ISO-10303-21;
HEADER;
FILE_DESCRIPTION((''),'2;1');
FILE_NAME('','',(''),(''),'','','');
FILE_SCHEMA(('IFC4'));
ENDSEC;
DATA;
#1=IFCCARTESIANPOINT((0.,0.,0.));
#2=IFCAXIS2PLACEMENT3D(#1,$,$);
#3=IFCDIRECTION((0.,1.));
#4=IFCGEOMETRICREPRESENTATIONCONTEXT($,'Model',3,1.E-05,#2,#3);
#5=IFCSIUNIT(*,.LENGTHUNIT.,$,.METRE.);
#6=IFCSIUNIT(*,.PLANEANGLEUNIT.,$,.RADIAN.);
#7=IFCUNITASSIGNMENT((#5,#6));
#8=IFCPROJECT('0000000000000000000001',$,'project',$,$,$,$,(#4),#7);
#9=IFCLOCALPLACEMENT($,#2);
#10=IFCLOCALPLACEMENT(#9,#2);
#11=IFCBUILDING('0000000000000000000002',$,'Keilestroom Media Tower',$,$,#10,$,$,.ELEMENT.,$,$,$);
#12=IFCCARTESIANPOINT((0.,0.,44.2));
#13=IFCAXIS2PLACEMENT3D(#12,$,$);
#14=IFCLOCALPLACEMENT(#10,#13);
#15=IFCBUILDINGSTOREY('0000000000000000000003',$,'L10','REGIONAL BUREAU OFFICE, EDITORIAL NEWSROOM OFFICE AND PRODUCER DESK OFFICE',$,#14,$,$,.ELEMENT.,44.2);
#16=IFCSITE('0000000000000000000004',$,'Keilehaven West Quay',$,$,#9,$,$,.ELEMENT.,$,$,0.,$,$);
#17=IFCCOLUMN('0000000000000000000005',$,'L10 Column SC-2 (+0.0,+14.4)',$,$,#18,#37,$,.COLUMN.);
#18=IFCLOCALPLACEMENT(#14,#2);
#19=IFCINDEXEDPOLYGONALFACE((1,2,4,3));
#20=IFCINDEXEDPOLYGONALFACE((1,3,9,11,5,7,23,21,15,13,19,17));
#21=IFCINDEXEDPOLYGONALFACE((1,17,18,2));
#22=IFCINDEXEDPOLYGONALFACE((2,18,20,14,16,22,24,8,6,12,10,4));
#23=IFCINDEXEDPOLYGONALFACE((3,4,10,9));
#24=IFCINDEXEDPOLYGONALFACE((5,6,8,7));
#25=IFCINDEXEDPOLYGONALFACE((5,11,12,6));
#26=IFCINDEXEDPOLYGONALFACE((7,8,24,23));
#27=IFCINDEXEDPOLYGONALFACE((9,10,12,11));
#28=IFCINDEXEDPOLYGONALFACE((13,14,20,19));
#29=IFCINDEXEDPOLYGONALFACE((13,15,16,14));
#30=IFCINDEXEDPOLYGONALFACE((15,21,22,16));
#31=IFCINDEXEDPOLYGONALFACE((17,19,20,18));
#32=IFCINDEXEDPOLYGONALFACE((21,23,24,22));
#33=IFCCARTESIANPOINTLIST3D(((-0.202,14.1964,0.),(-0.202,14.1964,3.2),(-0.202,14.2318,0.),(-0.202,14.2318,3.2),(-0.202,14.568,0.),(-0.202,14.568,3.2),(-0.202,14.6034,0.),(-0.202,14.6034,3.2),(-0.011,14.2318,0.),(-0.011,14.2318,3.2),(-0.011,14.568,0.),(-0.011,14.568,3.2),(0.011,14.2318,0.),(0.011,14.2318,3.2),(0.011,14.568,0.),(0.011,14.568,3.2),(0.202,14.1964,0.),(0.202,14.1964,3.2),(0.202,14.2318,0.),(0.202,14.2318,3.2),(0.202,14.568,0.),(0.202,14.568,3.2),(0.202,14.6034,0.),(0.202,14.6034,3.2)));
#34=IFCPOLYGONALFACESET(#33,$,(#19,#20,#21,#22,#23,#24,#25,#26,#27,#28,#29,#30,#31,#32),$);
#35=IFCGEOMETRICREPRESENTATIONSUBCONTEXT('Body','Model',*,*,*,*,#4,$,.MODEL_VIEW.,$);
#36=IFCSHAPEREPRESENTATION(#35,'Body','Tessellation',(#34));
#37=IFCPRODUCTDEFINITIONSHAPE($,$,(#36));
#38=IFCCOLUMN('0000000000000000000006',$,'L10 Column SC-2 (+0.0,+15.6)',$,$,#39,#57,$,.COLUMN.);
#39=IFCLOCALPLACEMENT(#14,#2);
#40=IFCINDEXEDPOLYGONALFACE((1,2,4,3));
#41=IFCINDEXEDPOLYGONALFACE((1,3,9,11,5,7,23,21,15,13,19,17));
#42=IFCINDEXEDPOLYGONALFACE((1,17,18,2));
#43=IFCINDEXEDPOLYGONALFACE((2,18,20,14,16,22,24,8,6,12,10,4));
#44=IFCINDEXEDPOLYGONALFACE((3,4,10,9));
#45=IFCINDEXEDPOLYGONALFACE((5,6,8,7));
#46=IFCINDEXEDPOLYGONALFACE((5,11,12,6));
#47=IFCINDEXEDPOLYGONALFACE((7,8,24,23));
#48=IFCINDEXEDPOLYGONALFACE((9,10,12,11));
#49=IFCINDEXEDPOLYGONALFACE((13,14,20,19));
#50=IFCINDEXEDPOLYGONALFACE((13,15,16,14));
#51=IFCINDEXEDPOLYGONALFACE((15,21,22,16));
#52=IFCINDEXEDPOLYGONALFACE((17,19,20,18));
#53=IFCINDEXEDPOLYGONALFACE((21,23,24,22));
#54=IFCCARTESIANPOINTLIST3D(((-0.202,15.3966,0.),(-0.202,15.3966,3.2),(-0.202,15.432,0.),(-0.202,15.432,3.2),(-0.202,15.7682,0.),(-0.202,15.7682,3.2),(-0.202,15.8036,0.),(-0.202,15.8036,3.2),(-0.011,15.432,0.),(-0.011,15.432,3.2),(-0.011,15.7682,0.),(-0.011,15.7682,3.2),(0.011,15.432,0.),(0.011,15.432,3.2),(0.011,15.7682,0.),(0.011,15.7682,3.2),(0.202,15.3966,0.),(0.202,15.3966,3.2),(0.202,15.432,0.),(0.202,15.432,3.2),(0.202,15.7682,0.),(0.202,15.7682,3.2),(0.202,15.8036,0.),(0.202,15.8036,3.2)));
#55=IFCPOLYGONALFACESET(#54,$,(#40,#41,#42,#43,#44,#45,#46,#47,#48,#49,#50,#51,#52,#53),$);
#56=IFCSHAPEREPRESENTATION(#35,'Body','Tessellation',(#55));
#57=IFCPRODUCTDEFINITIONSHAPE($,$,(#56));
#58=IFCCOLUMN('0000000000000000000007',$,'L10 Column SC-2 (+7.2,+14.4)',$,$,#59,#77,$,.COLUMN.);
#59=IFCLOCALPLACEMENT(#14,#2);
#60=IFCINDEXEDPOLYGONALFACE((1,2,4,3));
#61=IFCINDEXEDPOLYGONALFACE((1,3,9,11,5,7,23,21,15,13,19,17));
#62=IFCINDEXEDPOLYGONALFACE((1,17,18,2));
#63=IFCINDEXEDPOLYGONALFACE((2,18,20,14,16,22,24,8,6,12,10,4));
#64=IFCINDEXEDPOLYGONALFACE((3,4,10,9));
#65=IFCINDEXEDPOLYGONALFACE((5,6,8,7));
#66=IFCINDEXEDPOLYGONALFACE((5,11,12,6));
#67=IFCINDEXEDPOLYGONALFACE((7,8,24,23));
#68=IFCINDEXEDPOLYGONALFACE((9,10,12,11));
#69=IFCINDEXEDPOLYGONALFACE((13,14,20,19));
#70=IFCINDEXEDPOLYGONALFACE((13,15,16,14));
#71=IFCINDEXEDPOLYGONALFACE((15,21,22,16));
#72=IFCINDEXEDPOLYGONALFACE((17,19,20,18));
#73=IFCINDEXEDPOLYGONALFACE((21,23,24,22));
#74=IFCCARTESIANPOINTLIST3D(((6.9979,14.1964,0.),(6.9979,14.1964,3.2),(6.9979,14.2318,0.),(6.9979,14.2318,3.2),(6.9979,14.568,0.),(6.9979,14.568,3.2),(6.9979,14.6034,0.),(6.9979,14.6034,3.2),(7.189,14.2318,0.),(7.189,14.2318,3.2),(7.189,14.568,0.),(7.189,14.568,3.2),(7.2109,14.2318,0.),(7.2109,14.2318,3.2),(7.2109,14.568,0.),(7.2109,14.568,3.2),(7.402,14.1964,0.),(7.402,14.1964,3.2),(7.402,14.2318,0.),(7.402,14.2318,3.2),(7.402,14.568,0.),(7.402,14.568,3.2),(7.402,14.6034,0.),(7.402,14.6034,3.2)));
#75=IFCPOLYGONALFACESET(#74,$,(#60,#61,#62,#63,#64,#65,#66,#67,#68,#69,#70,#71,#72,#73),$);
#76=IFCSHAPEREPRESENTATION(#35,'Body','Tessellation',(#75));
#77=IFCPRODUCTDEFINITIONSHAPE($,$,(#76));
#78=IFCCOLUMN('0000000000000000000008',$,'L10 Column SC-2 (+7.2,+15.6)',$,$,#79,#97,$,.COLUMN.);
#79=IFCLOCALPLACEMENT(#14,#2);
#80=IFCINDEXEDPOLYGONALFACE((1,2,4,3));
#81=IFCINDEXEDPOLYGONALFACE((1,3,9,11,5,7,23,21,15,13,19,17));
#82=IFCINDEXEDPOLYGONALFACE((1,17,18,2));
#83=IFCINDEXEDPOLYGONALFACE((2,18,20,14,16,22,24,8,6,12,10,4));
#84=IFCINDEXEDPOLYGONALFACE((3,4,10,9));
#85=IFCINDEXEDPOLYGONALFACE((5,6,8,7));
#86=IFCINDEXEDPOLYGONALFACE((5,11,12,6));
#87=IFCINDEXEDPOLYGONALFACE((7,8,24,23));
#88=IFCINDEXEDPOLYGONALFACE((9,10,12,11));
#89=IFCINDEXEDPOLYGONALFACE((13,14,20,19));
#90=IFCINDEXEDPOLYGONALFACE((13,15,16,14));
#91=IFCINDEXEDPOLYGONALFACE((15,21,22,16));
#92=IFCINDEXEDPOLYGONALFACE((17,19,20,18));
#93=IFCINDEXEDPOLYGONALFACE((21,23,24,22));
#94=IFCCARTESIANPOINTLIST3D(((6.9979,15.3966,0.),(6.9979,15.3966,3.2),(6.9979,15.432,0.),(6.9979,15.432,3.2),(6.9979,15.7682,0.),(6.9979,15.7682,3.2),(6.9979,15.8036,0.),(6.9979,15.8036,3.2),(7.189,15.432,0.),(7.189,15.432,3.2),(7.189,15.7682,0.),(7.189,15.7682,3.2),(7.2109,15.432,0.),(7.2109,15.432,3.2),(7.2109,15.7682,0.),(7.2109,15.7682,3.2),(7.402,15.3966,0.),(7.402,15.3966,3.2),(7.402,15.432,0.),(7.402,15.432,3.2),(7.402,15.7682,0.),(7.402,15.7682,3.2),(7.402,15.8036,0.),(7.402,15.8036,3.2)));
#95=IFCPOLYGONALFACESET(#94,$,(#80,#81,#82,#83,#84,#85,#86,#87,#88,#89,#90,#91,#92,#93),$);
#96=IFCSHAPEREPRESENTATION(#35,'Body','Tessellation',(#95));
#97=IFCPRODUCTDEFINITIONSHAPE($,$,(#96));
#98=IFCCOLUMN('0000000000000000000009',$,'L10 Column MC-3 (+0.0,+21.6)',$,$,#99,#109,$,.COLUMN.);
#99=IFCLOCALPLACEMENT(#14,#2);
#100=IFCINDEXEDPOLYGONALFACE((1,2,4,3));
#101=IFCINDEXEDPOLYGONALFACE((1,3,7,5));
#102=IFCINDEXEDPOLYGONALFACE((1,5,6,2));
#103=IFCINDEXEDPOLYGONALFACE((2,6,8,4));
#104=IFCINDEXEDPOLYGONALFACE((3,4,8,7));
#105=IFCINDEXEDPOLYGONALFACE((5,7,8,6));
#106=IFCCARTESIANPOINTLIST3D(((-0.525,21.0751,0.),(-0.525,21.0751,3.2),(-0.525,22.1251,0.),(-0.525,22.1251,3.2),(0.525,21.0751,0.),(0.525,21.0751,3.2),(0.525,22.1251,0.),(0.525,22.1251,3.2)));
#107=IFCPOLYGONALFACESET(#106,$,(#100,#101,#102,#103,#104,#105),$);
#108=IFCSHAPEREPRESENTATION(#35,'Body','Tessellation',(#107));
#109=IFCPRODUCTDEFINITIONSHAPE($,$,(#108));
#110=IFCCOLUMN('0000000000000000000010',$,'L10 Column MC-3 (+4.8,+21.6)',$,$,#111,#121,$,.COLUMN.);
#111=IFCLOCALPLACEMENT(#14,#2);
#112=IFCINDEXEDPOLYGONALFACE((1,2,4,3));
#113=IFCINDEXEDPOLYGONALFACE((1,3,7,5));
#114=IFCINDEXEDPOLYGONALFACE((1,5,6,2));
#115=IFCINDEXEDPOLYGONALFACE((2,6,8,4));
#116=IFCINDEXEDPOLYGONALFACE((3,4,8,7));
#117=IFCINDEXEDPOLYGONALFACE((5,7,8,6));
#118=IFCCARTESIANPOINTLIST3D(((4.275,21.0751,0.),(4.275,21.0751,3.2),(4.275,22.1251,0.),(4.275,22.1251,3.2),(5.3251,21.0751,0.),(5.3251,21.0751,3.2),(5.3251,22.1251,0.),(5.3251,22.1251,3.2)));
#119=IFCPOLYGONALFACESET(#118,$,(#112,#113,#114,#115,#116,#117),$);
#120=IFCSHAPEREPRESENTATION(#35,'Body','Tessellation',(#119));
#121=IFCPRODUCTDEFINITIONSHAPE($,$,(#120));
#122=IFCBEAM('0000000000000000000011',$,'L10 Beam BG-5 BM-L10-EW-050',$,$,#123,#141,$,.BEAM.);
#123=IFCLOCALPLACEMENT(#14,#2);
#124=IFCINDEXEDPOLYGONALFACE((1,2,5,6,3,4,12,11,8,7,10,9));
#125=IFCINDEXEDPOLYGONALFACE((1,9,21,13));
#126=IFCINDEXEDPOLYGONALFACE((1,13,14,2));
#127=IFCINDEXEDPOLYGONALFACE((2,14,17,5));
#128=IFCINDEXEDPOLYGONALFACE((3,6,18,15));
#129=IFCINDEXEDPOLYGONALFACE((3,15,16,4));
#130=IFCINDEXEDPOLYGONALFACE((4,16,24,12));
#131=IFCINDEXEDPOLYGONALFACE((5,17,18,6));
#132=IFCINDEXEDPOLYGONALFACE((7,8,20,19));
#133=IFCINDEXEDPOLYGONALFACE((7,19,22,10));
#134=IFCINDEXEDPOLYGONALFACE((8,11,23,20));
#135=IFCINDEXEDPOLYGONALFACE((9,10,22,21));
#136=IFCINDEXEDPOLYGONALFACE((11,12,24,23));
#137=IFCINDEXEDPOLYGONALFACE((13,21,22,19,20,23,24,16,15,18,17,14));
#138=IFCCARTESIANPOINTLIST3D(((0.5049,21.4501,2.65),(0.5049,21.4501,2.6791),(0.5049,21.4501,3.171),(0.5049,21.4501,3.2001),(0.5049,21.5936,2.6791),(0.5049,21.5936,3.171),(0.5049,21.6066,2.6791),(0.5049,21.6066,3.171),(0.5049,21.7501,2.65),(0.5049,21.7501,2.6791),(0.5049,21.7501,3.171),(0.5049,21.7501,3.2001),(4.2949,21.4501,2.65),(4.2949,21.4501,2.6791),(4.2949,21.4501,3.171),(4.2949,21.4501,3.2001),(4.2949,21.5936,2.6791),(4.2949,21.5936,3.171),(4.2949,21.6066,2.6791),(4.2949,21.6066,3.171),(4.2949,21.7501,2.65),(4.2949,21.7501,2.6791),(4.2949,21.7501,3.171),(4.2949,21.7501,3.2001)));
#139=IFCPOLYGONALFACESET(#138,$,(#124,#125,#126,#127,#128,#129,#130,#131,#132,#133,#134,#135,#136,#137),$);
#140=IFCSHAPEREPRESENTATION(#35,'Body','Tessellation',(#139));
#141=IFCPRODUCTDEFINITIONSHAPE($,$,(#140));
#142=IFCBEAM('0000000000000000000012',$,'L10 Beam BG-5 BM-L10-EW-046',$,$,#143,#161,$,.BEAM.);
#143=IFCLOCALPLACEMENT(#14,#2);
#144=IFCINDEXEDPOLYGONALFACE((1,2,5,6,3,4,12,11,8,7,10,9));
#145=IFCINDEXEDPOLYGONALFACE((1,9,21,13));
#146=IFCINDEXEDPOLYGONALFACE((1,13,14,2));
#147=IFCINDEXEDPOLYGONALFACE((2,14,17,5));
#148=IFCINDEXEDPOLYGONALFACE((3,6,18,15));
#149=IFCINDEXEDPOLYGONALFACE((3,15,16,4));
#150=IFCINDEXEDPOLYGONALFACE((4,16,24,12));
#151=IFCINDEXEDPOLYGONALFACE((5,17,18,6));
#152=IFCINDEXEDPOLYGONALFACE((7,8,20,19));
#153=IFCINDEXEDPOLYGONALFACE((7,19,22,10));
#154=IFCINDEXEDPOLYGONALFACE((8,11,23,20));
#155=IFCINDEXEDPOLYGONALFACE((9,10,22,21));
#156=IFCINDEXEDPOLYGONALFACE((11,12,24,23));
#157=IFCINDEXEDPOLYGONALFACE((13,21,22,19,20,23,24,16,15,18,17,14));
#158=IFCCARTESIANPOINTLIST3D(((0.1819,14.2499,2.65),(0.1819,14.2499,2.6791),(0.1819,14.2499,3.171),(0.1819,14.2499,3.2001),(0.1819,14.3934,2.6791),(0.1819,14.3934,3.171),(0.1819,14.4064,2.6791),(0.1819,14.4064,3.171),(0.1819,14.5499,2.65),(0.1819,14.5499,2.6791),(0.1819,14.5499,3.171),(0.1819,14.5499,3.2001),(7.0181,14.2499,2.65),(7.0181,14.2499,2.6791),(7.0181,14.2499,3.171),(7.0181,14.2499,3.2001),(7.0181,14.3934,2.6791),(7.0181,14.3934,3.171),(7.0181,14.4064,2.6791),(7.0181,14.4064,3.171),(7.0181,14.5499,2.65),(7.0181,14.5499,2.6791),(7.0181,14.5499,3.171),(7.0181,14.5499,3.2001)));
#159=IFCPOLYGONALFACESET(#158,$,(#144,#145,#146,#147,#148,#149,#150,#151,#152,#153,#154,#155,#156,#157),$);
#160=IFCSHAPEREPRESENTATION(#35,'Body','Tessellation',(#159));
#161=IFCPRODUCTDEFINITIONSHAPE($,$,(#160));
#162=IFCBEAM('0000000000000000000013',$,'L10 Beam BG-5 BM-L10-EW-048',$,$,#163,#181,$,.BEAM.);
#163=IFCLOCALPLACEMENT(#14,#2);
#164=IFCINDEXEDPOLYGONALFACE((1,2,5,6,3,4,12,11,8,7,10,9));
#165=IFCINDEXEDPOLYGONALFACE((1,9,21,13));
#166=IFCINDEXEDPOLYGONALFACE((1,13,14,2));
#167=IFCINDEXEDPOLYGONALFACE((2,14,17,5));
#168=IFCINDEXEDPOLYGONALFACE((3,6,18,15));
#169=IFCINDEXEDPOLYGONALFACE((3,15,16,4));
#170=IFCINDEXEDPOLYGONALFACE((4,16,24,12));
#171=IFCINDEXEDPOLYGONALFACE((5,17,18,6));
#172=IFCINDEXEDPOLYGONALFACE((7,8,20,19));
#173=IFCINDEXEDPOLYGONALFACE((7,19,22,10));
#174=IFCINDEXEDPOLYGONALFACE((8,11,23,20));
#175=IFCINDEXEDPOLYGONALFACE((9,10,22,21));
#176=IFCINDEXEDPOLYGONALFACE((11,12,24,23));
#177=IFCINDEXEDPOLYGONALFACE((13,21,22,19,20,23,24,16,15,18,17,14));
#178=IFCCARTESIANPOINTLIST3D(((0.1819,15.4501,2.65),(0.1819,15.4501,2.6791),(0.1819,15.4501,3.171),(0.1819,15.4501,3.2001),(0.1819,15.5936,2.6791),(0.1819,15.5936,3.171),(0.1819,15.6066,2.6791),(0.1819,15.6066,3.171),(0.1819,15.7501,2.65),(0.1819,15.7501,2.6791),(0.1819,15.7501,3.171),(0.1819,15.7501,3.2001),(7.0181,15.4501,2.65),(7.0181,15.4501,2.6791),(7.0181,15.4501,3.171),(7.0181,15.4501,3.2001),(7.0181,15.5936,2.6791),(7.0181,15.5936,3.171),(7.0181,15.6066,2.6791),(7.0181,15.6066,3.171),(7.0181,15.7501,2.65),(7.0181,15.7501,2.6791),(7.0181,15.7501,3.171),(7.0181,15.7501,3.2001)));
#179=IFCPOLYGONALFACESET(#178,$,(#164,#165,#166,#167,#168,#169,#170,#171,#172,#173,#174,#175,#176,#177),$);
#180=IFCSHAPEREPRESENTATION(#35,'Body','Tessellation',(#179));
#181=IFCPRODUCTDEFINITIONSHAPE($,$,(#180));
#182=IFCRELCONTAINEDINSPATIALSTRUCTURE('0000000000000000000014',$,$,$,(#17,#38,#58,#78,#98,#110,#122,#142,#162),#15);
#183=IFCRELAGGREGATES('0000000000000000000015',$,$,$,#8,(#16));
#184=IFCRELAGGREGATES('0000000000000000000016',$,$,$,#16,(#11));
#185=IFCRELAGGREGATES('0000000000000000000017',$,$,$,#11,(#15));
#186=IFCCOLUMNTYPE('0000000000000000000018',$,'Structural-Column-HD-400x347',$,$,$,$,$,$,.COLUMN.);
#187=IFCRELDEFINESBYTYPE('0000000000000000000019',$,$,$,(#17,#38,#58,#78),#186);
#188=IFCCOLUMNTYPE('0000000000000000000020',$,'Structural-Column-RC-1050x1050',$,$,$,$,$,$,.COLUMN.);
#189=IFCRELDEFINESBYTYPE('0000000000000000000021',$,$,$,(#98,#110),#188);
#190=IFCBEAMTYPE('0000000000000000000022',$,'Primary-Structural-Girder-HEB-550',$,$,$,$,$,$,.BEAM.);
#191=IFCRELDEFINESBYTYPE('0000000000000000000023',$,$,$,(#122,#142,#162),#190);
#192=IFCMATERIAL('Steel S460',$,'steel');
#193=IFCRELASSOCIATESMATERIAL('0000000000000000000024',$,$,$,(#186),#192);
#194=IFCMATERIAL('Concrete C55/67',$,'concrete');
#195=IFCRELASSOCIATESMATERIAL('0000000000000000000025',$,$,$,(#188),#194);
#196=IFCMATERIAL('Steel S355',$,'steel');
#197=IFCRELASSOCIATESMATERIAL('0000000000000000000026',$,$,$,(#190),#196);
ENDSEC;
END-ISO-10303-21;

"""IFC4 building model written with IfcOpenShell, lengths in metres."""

from ifc_helpers import new_model, si_unit, direction, frame, origin, origin_2d, place, context, subcontext, project, spatial, rectangle, i_section, extrude, source, transform, mapped, material, material_profile, profile_set, type_object, element, save


model = new_model("IFC4")

# Units and contexts
model_context = context("Model", 3, precision=1e-05, world=origin(), true_north=direction((0.0, 1.0)))
body_context = subcontext(model_context, "Body", "Model", "MODEL_VIEW")
ifc_project = project(units=[si_unit("LENGTHUNIT", "METRE"), si_unit("PLANEANGLEUNIT", "RADIAN")], contexts=[model_context])

# Site, building, storey
site_placement = place(None, origin())
site = spatial("IfcSite", under=ifc_project, at=site_placement, Name="Keilehaven West Quay", CompositionType="ELEMENT", RefElevation=0.0)
building_placement = place(site_placement, origin())
building = spatial("IfcBuilding", under=site, at=building_placement, Name="Keilestroom Media Tower", CompositionType="ELEMENT")
storey_placement = place(building_placement, frame((0.0, 0.0, 44.2)))
storey = spatial("IfcBuildingStorey", under=building, at=storey_placement, Name="L10", Description="REGIONAL BUREAU OFFICE, EDITORIAL NEWSROOM OFFICE AND PRODUCER DESK OFFICE", CompositionType="ELEMENT", Elevation=44.2)

# Columns
ifc_material_1 = material(Name="Steel S460", Category="steel")
ifc_material_profile_1 = material_profile(ifc_material_1, i_section(OverallWidth=0.4041, OverallDepth=0.407, WebThickness=0.022, FlangeThickness=0.0354, at=origin_2d()), Name="HD 400x347")
ifc_profile_set_1 = profile_set([ifc_material_profile_1], Name="Steel S460")
column_type_1 = type_object("IfcColumnType", Name="Structural-Column-HD-400x347", PredefinedType="COLUMN", material=ifc_profile_set_1)
shared_shape_1 = source(origin(), body_context, "Body", "SweptSolid", [
    extrude(i_section(OverallWidth=0.4041, OverallDepth=0.407, WebThickness=0.022, FlangeThickness=0.0354, at=origin_2d()), origin(), (0.0, 0.0, 1.0), 3.2),
])
for number, where, z_axis, x_axis, name in (
    (1, (0.0, 14.3999, 0.0), (0.0, 0.0, 1.0), (1.0, 0.0, 0.0), "L10 Column SC-2 (+0.0,+14.4)"),
    (2, (0.0, 15.6001, 0.0), (0.0, 0.0, 1.0), (1.0, 0.0, 0.0), "L10 Column SC-2 (+0.0,+15.6)"),
    (3, (7.2, 14.3999, 0.0), (0.0, 0.0, 1.0), (1.0, 0.0, 0.0), "L10 Column SC-2 (+7.2,+14.4)"),
    (4, (7.2, 15.6001, 0.0), (0.0, 0.0, 1.0), (1.0, 0.0, 0.0), "L10 Column SC-2 (+7.2,+15.6)"),
):
    element("IfcColumn", number, at=place(storey_placement, frame(where, z_axis=z_axis, x_axis=x_axis)), inside=storey, type_object=column_type_1, Name=name, PredefinedType="COLUMN", context=body_context, shape_type="MappedRepresentation", body=[
        mapped(shared_shape_1, transform((0.0, 0.0, 0.0), x_axis=(1.0, 0.0, 0.0), y_axis=(0.0, 1.0, 0.0), z_axis=(0.0, 0.0, 1.0), scale=1.0)),
    ])
ifc_material_2 = material(Name="Concrete C55/67", Category="concrete")
ifc_material_profile_2 = material_profile(ifc_material_2, rectangle(XDim=1.05, YDim=1.05, at=origin_2d()), Name="RC 1050x1050")
ifc_profile_set_2 = profile_set([ifc_material_profile_2], Name="Concrete C55/67")
column_type_2 = type_object("IfcColumnType", Name="Structural-Column-RC-1050x1050", PredefinedType="COLUMN", material=ifc_profile_set_2)
shared_shape_2 = source(origin(), body_context, "Body", "SweptSolid", [
    extrude(rectangle(XDim=1.05, YDim=1.05, at=origin_2d()), origin(), (0.0, 0.0, 1.0), 3.2),
])
for number, where, z_axis, x_axis, name in (
    (5, (0.0, 21.6001, 0.0), (0.0, 0.0, 1.0), (1.0, 0.0, 0.0), "L10 Column MC-3 (+0.0,+21.6)"),
    (6, (4.8, 21.6001, 0.0), (0.0, 0.0, 1.0), (1.0, 0.0, 0.0), "L10 Column MC-3 (+4.8,+21.6)"),
):
    element("IfcColumn", number, at=place(storey_placement, frame(where, z_axis=z_axis, x_axis=x_axis)), inside=storey, type_object=column_type_2, Name=name, PredefinedType="COLUMN", context=body_context, shape_type="MappedRepresentation", body=[
        mapped(shared_shape_2, transform((0.0, 0.0, 0.0), x_axis=(1.0, 0.0, 0.0), y_axis=(0.0, 1.0, 0.0), z_axis=(0.0, 0.0, 1.0), scale=1.0)),
    ])

# Beams
ifc_material_3 = material(Name="Steel S355", Category="steel")
ifc_material_profile_3 = material_profile(ifc_material_3, i_section(OverallWidth=0.3, OverallDepth=0.55, WebThickness=0.0129, FlangeThickness=0.0291, at=origin_2d()), Name="HEB 550")
ifc_profile_set_3 = profile_set([ifc_material_profile_3], Name="Steel S355")
beam_type_1 = type_object("IfcBeamType", Name="Primary-Structural-Girder-HEB-550", PredefinedType="BEAM", material=ifc_profile_set_3)
shared_shape_3 = source(origin(), body_context, "Body", "SweptSolid", [
    extrude(i_section(OverallWidth=0.3, OverallDepth=0.55, WebThickness=0.0129, FlangeThickness=0.0291, at=origin_2d()), origin(), (0.0, 0.0, 1.0), 3.79),
])
beam_1_placement = place(storey_placement, frame((0.5049, 21.6001, 2.925), z_axis=(1.0, 0.0, 0.0), x_axis=(0.0, 1.0, 0.0)))
element("IfcBeam", 7, at=beam_1_placement, inside=storey, type_object=beam_type_1, Name="L10 Beam BG-5 BM-L10-EW-050", PredefinedType="BEAM", context=body_context, shape_type="MappedRepresentation", body=[
    mapped(shared_shape_3, transform((0.0, 0.0, 0.0), x_axis=(1.0, 0.0, 0.0), y_axis=(0.0, 1.0, 0.0), z_axis=(0.0, 0.0, 1.0), scale=1.0)),
])
shared_shape_4 = source(origin(), body_context, "Body", "SweptSolid", [
    extrude(i_section(OverallWidth=0.3, OverallDepth=0.55, WebThickness=0.0129, FlangeThickness=0.0291, at=origin_2d()), origin(), (0.0, 0.0, 1.0), 6.8362),
])
for number, where, z_axis, x_axis, name in (
    (8, (0.1819, 14.3999, 2.925), (1.0, 0.0, 0.0), (0.0, 1.0, 0.0), "L10 Beam BG-5 BM-L10-EW-046"),
    (9, (0.1819, 15.6001, 2.925), (1.0, 0.0, 0.0), (0.0, 1.0, 0.0), "L10 Beam BG-5 BM-L10-EW-048"),
):
    element("IfcBeam", number, at=place(storey_placement, frame(where, z_axis=z_axis, x_axis=x_axis)), inside=storey, type_object=beam_type_1, Name=name, PredefinedType="BEAM", context=body_context, shape_type="MappedRepresentation", body=[
        mapped(shared_shape_4, transform((0.0, 0.0, 0.0), x_axis=(1.0, 0.0, 0.0), y_axis=(0.0, 1.0, 0.0), z_axis=(0.0, 0.0, 1.0), scale=1.0)),
    ])

save(model, "model.ifc")
